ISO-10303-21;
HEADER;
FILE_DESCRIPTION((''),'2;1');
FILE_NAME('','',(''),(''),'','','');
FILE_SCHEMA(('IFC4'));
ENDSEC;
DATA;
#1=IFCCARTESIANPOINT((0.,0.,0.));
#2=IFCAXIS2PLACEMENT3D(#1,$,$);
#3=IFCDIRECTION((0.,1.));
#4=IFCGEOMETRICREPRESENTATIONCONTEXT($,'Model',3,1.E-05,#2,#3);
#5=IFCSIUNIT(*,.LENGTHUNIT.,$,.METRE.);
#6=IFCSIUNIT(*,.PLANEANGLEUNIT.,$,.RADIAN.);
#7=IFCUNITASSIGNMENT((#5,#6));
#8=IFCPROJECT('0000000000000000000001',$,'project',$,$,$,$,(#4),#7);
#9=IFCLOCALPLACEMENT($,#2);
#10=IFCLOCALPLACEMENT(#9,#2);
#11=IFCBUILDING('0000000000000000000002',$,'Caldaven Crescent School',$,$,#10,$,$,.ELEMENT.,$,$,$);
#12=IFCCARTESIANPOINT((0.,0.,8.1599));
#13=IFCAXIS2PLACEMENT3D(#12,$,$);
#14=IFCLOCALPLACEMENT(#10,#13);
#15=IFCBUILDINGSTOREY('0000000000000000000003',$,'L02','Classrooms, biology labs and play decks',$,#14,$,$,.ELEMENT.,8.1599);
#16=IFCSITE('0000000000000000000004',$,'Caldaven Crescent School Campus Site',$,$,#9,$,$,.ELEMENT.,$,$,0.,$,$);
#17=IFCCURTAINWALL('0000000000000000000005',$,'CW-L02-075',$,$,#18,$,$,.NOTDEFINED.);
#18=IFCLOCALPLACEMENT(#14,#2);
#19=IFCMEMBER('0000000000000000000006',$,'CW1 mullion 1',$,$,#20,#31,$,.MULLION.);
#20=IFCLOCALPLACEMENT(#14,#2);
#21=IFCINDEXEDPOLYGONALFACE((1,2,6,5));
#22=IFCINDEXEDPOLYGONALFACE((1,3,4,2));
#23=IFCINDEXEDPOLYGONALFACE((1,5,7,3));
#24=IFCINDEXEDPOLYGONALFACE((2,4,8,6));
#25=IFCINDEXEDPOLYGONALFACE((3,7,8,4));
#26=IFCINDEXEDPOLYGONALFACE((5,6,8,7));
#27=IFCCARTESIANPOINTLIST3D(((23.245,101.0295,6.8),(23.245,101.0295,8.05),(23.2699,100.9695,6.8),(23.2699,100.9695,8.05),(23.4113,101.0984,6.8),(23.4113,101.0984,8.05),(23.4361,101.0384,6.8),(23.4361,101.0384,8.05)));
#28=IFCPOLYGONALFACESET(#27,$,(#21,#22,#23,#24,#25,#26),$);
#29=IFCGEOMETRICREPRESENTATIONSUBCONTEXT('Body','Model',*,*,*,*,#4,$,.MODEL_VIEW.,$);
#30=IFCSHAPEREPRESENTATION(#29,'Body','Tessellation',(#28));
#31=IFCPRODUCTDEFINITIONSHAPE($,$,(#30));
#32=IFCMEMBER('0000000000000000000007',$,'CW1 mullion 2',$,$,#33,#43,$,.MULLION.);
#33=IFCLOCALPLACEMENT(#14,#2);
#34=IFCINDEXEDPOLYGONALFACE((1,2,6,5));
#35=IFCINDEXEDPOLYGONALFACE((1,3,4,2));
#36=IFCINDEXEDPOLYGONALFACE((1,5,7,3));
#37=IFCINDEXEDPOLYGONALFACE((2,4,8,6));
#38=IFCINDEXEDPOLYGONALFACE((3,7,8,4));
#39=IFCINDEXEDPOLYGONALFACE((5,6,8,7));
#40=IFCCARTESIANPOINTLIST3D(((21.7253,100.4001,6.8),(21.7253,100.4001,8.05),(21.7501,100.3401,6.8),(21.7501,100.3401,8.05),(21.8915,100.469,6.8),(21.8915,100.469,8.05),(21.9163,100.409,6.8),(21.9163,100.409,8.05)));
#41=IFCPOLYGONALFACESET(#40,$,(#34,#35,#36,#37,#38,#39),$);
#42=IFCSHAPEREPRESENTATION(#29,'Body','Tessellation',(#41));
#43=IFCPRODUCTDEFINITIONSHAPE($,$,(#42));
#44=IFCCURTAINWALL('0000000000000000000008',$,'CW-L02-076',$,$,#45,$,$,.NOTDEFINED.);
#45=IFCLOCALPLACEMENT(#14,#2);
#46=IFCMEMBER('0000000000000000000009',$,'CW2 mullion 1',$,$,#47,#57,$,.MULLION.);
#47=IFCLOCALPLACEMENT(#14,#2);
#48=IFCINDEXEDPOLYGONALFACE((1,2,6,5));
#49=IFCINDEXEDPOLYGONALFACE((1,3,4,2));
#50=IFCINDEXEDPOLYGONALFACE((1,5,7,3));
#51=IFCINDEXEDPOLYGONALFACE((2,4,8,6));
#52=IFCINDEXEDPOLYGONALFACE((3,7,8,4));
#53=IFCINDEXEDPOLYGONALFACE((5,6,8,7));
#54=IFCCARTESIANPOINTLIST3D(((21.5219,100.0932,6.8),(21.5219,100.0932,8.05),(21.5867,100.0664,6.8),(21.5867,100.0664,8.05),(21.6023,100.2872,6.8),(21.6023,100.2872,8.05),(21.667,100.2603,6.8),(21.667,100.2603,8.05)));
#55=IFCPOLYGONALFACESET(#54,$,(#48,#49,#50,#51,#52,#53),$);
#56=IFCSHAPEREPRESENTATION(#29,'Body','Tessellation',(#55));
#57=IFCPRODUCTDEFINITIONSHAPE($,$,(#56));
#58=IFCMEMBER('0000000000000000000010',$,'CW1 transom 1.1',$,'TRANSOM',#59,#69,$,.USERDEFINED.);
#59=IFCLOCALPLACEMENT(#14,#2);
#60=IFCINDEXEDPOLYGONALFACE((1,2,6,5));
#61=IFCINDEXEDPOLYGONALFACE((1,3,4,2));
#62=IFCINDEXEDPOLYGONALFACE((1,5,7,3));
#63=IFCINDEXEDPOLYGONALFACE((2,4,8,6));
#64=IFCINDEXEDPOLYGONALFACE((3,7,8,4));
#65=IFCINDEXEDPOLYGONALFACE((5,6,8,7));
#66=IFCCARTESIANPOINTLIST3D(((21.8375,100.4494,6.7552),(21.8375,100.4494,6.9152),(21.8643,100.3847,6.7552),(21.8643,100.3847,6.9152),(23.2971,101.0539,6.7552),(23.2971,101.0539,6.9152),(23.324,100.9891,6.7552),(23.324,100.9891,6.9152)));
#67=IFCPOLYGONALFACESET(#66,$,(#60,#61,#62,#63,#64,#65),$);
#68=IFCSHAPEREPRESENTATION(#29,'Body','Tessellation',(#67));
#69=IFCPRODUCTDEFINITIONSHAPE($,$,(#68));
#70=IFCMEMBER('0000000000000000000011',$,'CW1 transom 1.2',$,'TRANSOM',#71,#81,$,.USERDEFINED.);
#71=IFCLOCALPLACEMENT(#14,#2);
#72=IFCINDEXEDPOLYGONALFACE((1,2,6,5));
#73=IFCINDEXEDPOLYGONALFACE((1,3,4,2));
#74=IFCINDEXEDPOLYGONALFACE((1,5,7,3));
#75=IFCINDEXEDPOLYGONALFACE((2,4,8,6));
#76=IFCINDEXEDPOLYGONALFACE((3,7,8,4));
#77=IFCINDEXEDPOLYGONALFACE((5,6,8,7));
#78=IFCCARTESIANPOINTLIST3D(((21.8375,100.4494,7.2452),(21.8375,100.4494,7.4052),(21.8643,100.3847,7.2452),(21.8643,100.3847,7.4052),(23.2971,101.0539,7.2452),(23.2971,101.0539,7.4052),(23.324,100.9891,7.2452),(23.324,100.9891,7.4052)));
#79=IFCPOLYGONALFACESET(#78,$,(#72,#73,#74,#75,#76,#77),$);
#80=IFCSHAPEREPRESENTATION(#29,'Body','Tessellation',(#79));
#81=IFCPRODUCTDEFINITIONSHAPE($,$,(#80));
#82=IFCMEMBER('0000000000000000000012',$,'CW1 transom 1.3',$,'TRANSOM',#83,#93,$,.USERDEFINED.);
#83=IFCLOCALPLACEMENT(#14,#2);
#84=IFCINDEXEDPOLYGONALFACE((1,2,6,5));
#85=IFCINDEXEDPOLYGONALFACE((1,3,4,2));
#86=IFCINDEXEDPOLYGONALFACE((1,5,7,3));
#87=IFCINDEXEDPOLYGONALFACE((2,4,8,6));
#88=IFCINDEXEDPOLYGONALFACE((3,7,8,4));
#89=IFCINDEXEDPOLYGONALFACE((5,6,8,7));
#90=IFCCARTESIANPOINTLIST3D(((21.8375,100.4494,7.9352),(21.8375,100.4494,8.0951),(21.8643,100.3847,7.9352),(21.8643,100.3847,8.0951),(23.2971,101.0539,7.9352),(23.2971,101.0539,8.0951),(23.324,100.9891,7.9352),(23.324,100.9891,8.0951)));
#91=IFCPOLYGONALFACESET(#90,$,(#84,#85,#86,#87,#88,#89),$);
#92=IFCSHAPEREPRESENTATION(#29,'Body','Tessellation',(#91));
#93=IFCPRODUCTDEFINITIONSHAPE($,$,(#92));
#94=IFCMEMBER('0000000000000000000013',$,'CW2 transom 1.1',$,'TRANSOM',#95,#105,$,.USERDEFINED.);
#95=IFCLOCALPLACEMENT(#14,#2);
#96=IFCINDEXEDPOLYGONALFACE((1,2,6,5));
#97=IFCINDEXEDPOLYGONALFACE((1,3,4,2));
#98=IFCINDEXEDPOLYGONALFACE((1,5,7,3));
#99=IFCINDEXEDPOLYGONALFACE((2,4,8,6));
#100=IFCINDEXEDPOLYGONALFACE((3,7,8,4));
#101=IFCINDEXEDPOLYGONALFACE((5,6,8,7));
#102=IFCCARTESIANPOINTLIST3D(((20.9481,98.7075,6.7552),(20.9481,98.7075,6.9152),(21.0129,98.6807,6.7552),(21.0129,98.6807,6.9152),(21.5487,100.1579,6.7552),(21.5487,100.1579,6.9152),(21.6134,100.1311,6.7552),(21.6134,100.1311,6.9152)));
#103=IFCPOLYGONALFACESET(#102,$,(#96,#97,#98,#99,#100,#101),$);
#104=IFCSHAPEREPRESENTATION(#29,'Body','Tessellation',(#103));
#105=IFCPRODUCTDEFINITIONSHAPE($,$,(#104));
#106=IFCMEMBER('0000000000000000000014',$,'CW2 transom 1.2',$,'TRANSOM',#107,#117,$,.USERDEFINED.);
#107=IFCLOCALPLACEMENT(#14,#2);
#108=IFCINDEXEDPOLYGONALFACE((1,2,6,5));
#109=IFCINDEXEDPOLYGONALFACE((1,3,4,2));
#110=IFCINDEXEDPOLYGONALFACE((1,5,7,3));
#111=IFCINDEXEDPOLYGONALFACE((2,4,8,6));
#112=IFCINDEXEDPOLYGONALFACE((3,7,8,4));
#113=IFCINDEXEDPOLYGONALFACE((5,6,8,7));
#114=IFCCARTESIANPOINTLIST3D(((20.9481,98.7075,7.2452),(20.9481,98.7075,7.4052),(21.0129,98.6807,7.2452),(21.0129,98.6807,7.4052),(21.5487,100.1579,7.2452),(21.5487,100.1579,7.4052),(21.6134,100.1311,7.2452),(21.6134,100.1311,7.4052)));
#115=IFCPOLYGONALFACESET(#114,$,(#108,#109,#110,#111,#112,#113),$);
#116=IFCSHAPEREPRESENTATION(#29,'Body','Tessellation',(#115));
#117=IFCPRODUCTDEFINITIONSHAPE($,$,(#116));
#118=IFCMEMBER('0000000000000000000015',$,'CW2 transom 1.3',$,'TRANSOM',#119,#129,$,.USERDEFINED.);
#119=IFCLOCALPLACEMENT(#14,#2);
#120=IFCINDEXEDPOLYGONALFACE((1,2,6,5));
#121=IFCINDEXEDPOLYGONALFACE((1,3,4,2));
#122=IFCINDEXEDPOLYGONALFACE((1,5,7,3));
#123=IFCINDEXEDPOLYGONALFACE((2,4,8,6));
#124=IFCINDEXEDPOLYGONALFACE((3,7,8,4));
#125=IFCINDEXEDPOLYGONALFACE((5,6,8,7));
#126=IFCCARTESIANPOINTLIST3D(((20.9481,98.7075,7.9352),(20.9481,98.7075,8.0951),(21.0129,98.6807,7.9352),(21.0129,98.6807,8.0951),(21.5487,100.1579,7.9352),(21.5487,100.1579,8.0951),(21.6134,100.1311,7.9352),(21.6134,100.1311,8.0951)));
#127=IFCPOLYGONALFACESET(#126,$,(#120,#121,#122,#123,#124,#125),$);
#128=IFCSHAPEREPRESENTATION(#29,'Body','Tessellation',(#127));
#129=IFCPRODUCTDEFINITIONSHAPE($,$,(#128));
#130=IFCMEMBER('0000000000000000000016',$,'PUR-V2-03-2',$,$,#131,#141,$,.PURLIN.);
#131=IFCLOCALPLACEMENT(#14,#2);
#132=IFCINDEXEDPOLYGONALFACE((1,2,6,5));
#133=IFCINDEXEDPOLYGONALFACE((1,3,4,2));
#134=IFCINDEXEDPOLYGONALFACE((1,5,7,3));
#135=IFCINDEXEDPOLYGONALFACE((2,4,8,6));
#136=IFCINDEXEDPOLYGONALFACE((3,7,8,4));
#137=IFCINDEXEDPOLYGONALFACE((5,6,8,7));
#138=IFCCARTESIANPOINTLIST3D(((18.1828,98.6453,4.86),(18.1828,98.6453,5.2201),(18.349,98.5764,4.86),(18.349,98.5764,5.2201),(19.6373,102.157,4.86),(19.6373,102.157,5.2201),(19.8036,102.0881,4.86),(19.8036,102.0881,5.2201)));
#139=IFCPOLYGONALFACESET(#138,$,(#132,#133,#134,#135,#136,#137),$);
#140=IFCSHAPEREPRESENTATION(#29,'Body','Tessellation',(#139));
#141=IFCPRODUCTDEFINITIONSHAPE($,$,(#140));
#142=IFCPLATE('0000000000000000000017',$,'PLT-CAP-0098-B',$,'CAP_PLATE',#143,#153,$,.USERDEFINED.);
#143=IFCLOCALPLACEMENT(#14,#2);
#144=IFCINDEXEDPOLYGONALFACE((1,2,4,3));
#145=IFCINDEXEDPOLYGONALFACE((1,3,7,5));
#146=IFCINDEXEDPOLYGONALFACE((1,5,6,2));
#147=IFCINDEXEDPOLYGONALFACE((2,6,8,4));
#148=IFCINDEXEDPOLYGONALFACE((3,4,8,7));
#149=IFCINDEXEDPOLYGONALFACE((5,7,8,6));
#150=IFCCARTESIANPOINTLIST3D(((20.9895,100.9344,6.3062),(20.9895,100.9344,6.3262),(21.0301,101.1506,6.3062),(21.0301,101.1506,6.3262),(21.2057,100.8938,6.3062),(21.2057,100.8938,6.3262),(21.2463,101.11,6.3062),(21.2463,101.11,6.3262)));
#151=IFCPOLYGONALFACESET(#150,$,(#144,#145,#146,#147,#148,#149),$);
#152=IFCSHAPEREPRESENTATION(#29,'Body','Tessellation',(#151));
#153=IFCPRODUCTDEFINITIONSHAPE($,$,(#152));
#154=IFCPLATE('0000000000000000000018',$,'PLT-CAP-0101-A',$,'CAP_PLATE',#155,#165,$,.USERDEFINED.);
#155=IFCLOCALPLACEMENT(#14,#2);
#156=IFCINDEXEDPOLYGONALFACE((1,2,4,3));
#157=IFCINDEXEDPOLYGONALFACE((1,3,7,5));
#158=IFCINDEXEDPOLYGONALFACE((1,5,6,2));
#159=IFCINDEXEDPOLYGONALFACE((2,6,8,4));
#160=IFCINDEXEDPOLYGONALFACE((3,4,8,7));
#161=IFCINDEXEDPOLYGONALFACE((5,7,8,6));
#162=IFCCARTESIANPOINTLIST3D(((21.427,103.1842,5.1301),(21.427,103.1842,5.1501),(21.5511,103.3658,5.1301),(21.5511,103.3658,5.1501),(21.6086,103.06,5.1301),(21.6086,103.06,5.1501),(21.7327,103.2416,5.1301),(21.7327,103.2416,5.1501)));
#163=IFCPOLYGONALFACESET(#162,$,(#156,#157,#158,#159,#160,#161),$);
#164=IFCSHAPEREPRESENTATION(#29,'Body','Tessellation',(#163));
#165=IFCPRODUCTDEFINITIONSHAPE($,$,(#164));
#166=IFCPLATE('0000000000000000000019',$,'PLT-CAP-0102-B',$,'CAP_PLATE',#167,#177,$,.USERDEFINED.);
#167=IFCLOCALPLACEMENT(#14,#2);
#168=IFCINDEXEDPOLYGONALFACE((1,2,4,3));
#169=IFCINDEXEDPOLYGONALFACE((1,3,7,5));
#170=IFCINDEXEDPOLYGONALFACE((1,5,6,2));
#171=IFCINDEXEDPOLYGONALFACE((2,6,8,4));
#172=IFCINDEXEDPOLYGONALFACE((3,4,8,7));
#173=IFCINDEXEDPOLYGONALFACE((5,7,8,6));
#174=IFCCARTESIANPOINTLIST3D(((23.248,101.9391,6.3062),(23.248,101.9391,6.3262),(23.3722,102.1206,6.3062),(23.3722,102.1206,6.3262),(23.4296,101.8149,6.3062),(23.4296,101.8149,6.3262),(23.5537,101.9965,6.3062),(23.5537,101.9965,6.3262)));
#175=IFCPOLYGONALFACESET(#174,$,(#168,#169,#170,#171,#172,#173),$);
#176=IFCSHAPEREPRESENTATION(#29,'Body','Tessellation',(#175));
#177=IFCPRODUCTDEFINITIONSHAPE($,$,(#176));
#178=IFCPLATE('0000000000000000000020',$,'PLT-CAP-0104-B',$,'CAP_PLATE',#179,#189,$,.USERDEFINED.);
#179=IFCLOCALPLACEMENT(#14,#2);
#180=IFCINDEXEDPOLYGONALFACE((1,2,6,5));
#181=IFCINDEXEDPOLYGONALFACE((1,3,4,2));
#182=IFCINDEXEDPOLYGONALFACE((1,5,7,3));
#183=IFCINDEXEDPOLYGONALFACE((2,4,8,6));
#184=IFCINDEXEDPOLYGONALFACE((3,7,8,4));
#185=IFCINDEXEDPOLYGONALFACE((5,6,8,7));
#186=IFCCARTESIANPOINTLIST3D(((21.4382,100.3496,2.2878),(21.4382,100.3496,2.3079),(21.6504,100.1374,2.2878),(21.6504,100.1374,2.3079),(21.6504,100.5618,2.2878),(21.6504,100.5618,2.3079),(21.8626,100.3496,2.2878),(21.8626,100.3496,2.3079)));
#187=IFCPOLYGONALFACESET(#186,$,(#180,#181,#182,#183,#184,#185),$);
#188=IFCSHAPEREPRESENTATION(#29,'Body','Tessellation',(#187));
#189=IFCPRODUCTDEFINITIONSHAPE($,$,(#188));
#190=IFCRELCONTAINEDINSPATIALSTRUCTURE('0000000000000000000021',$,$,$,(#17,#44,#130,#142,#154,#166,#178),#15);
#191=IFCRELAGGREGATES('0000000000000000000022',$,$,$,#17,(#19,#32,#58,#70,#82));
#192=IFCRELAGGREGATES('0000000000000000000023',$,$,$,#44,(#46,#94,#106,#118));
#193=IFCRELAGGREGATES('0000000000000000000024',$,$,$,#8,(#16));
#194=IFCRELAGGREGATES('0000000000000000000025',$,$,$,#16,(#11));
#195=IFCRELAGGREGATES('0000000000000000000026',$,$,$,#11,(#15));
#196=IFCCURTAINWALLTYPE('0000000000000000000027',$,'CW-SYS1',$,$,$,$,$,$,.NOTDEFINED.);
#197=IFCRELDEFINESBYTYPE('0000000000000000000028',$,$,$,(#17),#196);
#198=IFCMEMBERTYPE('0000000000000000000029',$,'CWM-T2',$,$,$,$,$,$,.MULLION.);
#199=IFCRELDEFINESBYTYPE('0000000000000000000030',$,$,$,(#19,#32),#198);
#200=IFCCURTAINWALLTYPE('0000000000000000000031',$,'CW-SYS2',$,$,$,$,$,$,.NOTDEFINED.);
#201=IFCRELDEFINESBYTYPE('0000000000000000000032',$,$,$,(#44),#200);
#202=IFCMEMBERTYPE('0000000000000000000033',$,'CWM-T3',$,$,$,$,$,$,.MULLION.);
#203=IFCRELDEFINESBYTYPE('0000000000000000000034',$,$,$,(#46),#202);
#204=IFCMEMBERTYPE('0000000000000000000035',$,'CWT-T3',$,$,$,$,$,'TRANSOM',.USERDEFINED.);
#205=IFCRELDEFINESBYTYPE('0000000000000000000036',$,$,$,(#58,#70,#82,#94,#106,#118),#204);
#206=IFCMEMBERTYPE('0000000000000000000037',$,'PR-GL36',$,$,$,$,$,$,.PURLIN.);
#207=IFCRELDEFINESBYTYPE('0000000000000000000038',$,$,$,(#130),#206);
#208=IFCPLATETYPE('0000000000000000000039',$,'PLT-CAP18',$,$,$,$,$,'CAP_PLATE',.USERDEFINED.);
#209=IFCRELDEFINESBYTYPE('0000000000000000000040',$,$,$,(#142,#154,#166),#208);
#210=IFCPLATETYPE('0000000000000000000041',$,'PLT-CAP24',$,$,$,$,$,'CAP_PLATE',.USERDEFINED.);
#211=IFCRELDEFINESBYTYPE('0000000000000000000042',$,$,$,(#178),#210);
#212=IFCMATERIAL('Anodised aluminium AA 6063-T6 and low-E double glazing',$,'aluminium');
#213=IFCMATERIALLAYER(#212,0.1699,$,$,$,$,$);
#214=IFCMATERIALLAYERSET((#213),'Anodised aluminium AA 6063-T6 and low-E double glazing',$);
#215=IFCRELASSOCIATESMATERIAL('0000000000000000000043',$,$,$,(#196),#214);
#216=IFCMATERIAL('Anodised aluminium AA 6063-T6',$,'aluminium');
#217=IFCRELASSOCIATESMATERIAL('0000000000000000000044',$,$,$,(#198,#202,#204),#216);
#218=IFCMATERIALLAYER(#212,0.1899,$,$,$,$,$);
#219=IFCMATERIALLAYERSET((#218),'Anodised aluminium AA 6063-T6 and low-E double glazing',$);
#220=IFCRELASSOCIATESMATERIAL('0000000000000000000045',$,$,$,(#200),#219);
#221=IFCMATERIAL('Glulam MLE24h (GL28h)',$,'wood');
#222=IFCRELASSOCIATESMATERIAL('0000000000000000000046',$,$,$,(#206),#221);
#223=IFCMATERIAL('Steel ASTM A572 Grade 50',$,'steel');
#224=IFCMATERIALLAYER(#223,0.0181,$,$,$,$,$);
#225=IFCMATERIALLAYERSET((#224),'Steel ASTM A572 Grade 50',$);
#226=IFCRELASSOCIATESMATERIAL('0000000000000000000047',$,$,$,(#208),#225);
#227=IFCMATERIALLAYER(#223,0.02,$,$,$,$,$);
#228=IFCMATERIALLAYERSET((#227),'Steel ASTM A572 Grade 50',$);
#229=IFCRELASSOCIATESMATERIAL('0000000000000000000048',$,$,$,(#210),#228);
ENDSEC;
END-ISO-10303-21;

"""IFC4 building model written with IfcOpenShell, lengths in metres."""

from ifc_helpers import new_model, si_unit, direction, frame, origin, origin_2d, place, context, subcontext, project, spatial, rectangle, extrude, material, layer, layer_set, material_profile, profile_set, type_object, element, aggregate, save


model = new_model("IFC4")

# Units and contexts
model_context = context("Model", 3, precision=1e-05, world=origin(), true_north=direction((0.0, 1.0)))
body_context = subcontext(model_context, "Body", "Model", "MODEL_VIEW")
ifc_project = project(units=[si_unit("LENGTHUNIT", "METRE"), si_unit("PLANEANGLEUNIT", "RADIAN")], contexts=[model_context])

# Site, building, storey
site_placement = place(None, origin())
site = spatial("IfcSite", under=ifc_project, at=site_placement, Name="Caldaven Crescent School Campus Site", CompositionType="ELEMENT", RefElevation=0.0)
building_placement = place(site_placement, origin())
building = spatial("IfcBuilding", under=site, at=building_placement, Name="Caldaven Crescent School", CompositionType="ELEMENT")
storey_placement = place(building_placement, frame((0.0, 0.0, 8.1599)))
storey = spatial("IfcBuildingStorey", under=building, at=storey_placement, Name="L02", Description="Classrooms, biology labs and play decks", CompositionType="ELEMENT", Elevation=8.1599)

# Shared definitions
ifc_material_1 = material(Name="Steel ASTM A572 Grade 50", Category="steel")

# Shared definitions
ifc_material_2 = material(Name="Glulam MLE24h (GL28h)", Category="wood")

# Curtain wall, members
ifc_material_3 = material(Name="Anodised aluminium AA 6063-T6 and low-E double glazing", Category="aluminium")
ifc_layer_1 = layer(ifc_material_3, 0.1699)
ifc_layer_set_1 = layer_set([ifc_layer_1], Name="Anodised aluminium AA 6063-T6 and low-E double glazing")
curtain_wall_type_1 = type_object("IfcCurtainWallType", Name="CW-SYS1", PredefinedType="NOTDEFINED", material=ifc_layer_set_1)
curtain_wall_1_placement = place(storey_placement, origin())
curtain_wall_1 = element("IfcCurtainWall", 1, at=curtain_wall_1_placement, inside=storey, type_object=curtain_wall_type_1, Name="CW-L02-075", PredefinedType="NOTDEFINED")
ifc_material_4 = material(Name="Anodised aluminium AA 6063-T6", Category="aluminium")
ifc_material_profile_1 = material_profile(ifc_material_4, rectangle(XDim=0.0649, YDim=0.1799, at=origin_2d()), Name="CWM 65x180")
ifc_profile_set_1 = profile_set([ifc_material_profile_1], Name="Anodised aluminium AA 6063-T6")
member_type_1 = type_object("IfcMemberType", Name="CWM-T2", PredefinedType="MULLION", material=ifc_profile_set_1)
member_1_placement = place(storey_placement, frame((23.3406, 101.0339, 6.8), z_axis=(0.0, 0.0, 1.0), x_axis=(0.382683, -0.92388, 0.0)))
member_1 = element("IfcMember", 2, at=member_1_placement, type_object=member_type_1, Name="CW1 mullion 1", PredefinedType="MULLION", context=body_context, shape_type="SweptSolid", body=[
    extrude(rectangle(XDim=0.0649, YDim=0.1799, at=origin_2d()), origin(), (0.0, 0.0, 1.0), 1.25),
])
member_2_placement = place(storey_placement, frame((21.8208, 100.4045, 6.8), z_axis=(0.0, 0.0, 1.0), x_axis=(0.382683, -0.92388, 0.0)))
member_2 = element("IfcMember", 3, at=member_2_placement, type_object=member_type_1, Name="CW1 mullion 2", PredefinedType="MULLION", context=body_context, shape_type="SweptSolid", body=[
    extrude(rectangle(XDim=0.0649, YDim=0.1799, at=origin_2d()), origin(), (0.0, 0.0, 1.0), 1.25),
])

# Curtain wall, member
ifc_layer_2 = layer(ifc_material_3, 0.1899)
ifc_layer_set_2 = layer_set([ifc_layer_2], Name="Anodised aluminium AA 6063-T6 and low-E double glazing")
curtain_wall_type_2 = type_object("IfcCurtainWallType", Name="CW-SYS2", PredefinedType="NOTDEFINED", material=ifc_layer_set_2)
curtain_wall_2_placement = place(storey_placement, origin())
curtain_wall_2 = element("IfcCurtainWall", 4, at=curtain_wall_2_placement, inside=storey, type_object=curtain_wall_type_2, Name="CW-L02-076", PredefinedType="NOTDEFINED")
ifc_material_profile_2 = material_profile(ifc_material_4, rectangle(XDim=0.0701, YDim=0.21, at=origin_2d()), Name="CWM 70x210")
ifc_profile_set_2 = profile_set([ifc_material_profile_2], Name="Anodised aluminium AA 6063-T6")
member_type_2 = type_object("IfcMemberType", Name="CWM-T3", PredefinedType="MULLION", material=ifc_profile_set_2)
member_3_placement = place(storey_placement, frame((21.5945, 100.1768, 6.8), z_axis=(0.0, 0.0, 1.0), x_axis=(0.92388, -0.382683, 0.0)))
member_3 = element("IfcMember", 5, at=member_3_placement, type_object=member_type_2, Name="CW2 mullion 1", PredefinedType="MULLION", context=body_context, shape_type="SweptSolid", body=[
    extrude(rectangle(XDim=0.0701, YDim=0.21, at=origin_2d()), origin(), (0.0, 0.0, 1.0), 1.25),
])

# Members
ifc_material_profile_3 = material_profile(ifc_material_4, rectangle(XDim=0.0701, YDim=0.1599, at=origin_2d()), Name="CWT 70x160")
ifc_profile_set_3 = profile_set([ifc_material_profile_3], Name="Anodised aluminium AA 6063-T6")
member_type_3 = type_object("IfcMemberType", Name="CWT-T3", ElementType="TRANSOM", PredefinedType="USERDEFINED", material=ifc_profile_set_3)
member_4_placement = place(storey_placement, frame((23.3105, 101.0215, 6.8352), z_axis=(-0.923911, -0.382607, 0.0), x_axis=(0.382607, -0.923911, 0.0)))
member_4 = element("IfcMember", 6, at=member_4_placement, type_object=member_type_3, Name="CW1 transom 1.1", ObjectType="TRANSOM", PredefinedType="USERDEFINED", context=body_context, shape_type="SweptSolid", body=[
    extrude(rectangle(XDim=0.0701, YDim=0.1599, at=origin_2d()), origin(), (0.0, 0.0, 1.0), 1.5798),
])
member_5_placement = place(storey_placement, frame((23.3105, 101.0215, 7.3252), z_axis=(-0.923911, -0.382607, 0.0), x_axis=(0.382607, -0.923911, 0.0)))
member_5 = element("IfcMember", 7, at=member_5_placement, type_object=member_type_3, Name="CW1 transom 1.2", ObjectType="TRANSOM", PredefinedType="USERDEFINED", context=body_context, shape_type="SweptSolid", body=[
    extrude(rectangle(XDim=0.0701, YDim=0.1599, at=origin_2d()), origin(), (0.0, 0.0, 1.0), 1.5798),
])
member_6_placement = place(storey_placement, frame((23.3105, 101.0215, 8.0151), z_axis=(-0.923911, -0.382607, 0.0), x_axis=(0.382607, -0.923911, 0.0)))
member_6 = element("IfcMember", 8, at=member_6_placement, type_object=member_type_3, Name="CW1 transom 1.3", ObjectType="TRANSOM", PredefinedType="USERDEFINED", context=body_context, shape_type="SweptSolid", body=[
    extrude(rectangle(XDim=0.0701, YDim=0.1599, at=origin_2d()), origin(), (0.0, 0.0, 1.0), 1.5798),
])
member_7_placement = place(storey_placement, frame((21.5811, 100.1445, 6.8352), z_axis=(-0.382572, -0.923926, 0.0), x_axis=(0.923926, -0.382572, 0.0)))
member_7 = element("IfcMember", 9, at=member_7_placement, type_object=member_type_3, Name="CW2 transom 1.1", ObjectType="TRANSOM", PredefinedType="USERDEFINED", context=body_context, shape_type="SweptSolid", body=[
    extrude(rectangle(XDim=0.0701, YDim=0.1599, at=origin_2d()), origin(), (0.0, 0.0, 1.0), 1.5698),
])
member_8_placement = place(storey_placement, frame((21.5811, 100.1445, 7.3252), z_axis=(-0.382572, -0.923926, 0.0), x_axis=(0.923926, -0.382572, 0.0)))
member_8 = element("IfcMember", 10, at=member_8_placement, type_object=member_type_3, Name="CW2 transom 1.2", ObjectType="TRANSOM", PredefinedType="USERDEFINED", context=body_context, shape_type="SweptSolid", body=[
    extrude(rectangle(XDim=0.0701, YDim=0.1599, at=origin_2d()), origin(), (0.0, 0.0, 1.0), 1.5698),
])
member_9_placement = place(storey_placement, frame((21.5811, 100.1445, 8.0151), z_axis=(-0.382572, -0.923926, 0.0), x_axis=(0.923926, -0.382572, 0.0)))
member_9 = element("IfcMember", 11, at=member_9_placement, type_object=member_type_3, Name="CW2 transom 1.3", ObjectType="TRANSOM", PredefinedType="USERDEFINED", context=body_context, shape_type="SweptSolid", body=[
    extrude(rectangle(XDim=0.0701, YDim=0.1599, at=origin_2d()), origin(), (0.0, 0.0, 1.0), 1.5698),
])
ifc_material_profile_4 = material_profile(ifc_material_2, rectangle(XDim=0.1799, YDim=0.3601, at=origin_2d()), Name="MLE 180x360")
ifc_profile_set_4 = profile_set([ifc_material_profile_4], Name="Glulam MLE24h (GL28h)")
member_type_4 = type_object("IfcMemberType", Name="PR-GL36", PredefinedType="PURLIN", material=ifc_profile_set_4)
member_10_placement = place(storey_placement, frame((19.7205, 102.1226, 5.04), z_axis=(-0.382681, -0.923881, 0.0), x_axis=(0.923881, -0.382681, 0.0)))
element("IfcMember", 12, at=member_10_placement, inside=storey, type_object=member_type_4, Name="PUR-V2-03-2", PredefinedType="PURLIN", context=body_context, shape_type="SweptSolid", body=[
    extrude(rectangle(XDim=0.1799, YDim=0.3601, at=origin_2d()), origin(), (0.0, 0.0, 1.0), 3.801),
])

# Plates
ifc_layer_3 = layer(ifc_material_1, 0.0181)
ifc_layer_set_3 = layer_set([ifc_layer_3], Name="Steel ASTM A572 Grade 50")
plate_type_1 = type_object("IfcPlateType", Name="PLT-CAP18", ElementType="CAP_PLATE", PredefinedType="USERDEFINED", material=ifc_layer_set_3)
for number, where, z_axis, x_axis, name in (
    (13, (21.1179, 101.0222, 6.3062), (0.0, 0.0, 1.0), (-0.184638, -0.982807, 0.0), "PLT-CAP-0098-B"),
    (14, (21.5798, 103.2129, 5.1301), (0.0, 0.0, 1.0), (0.825508, -0.564391, 0.0), "PLT-CAP-0101-A"),
    (15, (23.4009, 101.9678, 6.3062), (0.0, 0.0, 1.0), (0.825508, -0.564391, 0.0), "PLT-CAP-0102-B"),
):
    element("IfcPlate", number, at=place(storey_placement, frame(where, z_axis=z_axis, x_axis=x_axis)), inside=storey, type_object=plate_type_1, Name=name, ObjectType="CAP_PLATE", PredefinedType="USERDEFINED", context=body_context, shape_type="SweptSolid", body=[
        extrude(rectangle(XDim=0.22, YDim=0.22, at=origin_2d()), origin(), (0.0, 0.0, 1.0), 0.02),
    ])
ifc_layer_4 = layer(ifc_material_1, 0.02)
ifc_layer_set_4 = layer_set([ifc_layer_4], Name="Steel ASTM A572 Grade 50")
plate_type_2 = type_object("IfcPlateType", Name="PLT-CAP24", ElementType="CAP_PLATE", PredefinedType="USERDEFINED", material=ifc_layer_set_4)
for number, where, z_axis, x_axis, name in (
    (16, (21.6504, 100.3496, 2.2878), (0.0, 0.0, 1.0), (0.707107, -0.707107, 0.0), "PLT-CAP-0104-B"),
):
    element("IfcPlate", number, at=place(storey_placement, frame(where, z_axis=z_axis, x_axis=x_axis)), inside=storey, type_object=plate_type_2, Name=name, ObjectType="CAP_PLATE", PredefinedType="USERDEFINED", context=body_context, shape_type="SweptSolid", body=[
        extrude(rectangle(XDim=0.3, YDim=0.3, at=origin_2d()), origin(), (0.0, 0.0, 1.0), 0.02),
    ])

aggregate(curtain_wall_1, [member_1, member_2, member_4, member_5, member_6])
aggregate(curtain_wall_2, [member_3, member_7, member_8, member_9])

save(model, "model.ifc")
